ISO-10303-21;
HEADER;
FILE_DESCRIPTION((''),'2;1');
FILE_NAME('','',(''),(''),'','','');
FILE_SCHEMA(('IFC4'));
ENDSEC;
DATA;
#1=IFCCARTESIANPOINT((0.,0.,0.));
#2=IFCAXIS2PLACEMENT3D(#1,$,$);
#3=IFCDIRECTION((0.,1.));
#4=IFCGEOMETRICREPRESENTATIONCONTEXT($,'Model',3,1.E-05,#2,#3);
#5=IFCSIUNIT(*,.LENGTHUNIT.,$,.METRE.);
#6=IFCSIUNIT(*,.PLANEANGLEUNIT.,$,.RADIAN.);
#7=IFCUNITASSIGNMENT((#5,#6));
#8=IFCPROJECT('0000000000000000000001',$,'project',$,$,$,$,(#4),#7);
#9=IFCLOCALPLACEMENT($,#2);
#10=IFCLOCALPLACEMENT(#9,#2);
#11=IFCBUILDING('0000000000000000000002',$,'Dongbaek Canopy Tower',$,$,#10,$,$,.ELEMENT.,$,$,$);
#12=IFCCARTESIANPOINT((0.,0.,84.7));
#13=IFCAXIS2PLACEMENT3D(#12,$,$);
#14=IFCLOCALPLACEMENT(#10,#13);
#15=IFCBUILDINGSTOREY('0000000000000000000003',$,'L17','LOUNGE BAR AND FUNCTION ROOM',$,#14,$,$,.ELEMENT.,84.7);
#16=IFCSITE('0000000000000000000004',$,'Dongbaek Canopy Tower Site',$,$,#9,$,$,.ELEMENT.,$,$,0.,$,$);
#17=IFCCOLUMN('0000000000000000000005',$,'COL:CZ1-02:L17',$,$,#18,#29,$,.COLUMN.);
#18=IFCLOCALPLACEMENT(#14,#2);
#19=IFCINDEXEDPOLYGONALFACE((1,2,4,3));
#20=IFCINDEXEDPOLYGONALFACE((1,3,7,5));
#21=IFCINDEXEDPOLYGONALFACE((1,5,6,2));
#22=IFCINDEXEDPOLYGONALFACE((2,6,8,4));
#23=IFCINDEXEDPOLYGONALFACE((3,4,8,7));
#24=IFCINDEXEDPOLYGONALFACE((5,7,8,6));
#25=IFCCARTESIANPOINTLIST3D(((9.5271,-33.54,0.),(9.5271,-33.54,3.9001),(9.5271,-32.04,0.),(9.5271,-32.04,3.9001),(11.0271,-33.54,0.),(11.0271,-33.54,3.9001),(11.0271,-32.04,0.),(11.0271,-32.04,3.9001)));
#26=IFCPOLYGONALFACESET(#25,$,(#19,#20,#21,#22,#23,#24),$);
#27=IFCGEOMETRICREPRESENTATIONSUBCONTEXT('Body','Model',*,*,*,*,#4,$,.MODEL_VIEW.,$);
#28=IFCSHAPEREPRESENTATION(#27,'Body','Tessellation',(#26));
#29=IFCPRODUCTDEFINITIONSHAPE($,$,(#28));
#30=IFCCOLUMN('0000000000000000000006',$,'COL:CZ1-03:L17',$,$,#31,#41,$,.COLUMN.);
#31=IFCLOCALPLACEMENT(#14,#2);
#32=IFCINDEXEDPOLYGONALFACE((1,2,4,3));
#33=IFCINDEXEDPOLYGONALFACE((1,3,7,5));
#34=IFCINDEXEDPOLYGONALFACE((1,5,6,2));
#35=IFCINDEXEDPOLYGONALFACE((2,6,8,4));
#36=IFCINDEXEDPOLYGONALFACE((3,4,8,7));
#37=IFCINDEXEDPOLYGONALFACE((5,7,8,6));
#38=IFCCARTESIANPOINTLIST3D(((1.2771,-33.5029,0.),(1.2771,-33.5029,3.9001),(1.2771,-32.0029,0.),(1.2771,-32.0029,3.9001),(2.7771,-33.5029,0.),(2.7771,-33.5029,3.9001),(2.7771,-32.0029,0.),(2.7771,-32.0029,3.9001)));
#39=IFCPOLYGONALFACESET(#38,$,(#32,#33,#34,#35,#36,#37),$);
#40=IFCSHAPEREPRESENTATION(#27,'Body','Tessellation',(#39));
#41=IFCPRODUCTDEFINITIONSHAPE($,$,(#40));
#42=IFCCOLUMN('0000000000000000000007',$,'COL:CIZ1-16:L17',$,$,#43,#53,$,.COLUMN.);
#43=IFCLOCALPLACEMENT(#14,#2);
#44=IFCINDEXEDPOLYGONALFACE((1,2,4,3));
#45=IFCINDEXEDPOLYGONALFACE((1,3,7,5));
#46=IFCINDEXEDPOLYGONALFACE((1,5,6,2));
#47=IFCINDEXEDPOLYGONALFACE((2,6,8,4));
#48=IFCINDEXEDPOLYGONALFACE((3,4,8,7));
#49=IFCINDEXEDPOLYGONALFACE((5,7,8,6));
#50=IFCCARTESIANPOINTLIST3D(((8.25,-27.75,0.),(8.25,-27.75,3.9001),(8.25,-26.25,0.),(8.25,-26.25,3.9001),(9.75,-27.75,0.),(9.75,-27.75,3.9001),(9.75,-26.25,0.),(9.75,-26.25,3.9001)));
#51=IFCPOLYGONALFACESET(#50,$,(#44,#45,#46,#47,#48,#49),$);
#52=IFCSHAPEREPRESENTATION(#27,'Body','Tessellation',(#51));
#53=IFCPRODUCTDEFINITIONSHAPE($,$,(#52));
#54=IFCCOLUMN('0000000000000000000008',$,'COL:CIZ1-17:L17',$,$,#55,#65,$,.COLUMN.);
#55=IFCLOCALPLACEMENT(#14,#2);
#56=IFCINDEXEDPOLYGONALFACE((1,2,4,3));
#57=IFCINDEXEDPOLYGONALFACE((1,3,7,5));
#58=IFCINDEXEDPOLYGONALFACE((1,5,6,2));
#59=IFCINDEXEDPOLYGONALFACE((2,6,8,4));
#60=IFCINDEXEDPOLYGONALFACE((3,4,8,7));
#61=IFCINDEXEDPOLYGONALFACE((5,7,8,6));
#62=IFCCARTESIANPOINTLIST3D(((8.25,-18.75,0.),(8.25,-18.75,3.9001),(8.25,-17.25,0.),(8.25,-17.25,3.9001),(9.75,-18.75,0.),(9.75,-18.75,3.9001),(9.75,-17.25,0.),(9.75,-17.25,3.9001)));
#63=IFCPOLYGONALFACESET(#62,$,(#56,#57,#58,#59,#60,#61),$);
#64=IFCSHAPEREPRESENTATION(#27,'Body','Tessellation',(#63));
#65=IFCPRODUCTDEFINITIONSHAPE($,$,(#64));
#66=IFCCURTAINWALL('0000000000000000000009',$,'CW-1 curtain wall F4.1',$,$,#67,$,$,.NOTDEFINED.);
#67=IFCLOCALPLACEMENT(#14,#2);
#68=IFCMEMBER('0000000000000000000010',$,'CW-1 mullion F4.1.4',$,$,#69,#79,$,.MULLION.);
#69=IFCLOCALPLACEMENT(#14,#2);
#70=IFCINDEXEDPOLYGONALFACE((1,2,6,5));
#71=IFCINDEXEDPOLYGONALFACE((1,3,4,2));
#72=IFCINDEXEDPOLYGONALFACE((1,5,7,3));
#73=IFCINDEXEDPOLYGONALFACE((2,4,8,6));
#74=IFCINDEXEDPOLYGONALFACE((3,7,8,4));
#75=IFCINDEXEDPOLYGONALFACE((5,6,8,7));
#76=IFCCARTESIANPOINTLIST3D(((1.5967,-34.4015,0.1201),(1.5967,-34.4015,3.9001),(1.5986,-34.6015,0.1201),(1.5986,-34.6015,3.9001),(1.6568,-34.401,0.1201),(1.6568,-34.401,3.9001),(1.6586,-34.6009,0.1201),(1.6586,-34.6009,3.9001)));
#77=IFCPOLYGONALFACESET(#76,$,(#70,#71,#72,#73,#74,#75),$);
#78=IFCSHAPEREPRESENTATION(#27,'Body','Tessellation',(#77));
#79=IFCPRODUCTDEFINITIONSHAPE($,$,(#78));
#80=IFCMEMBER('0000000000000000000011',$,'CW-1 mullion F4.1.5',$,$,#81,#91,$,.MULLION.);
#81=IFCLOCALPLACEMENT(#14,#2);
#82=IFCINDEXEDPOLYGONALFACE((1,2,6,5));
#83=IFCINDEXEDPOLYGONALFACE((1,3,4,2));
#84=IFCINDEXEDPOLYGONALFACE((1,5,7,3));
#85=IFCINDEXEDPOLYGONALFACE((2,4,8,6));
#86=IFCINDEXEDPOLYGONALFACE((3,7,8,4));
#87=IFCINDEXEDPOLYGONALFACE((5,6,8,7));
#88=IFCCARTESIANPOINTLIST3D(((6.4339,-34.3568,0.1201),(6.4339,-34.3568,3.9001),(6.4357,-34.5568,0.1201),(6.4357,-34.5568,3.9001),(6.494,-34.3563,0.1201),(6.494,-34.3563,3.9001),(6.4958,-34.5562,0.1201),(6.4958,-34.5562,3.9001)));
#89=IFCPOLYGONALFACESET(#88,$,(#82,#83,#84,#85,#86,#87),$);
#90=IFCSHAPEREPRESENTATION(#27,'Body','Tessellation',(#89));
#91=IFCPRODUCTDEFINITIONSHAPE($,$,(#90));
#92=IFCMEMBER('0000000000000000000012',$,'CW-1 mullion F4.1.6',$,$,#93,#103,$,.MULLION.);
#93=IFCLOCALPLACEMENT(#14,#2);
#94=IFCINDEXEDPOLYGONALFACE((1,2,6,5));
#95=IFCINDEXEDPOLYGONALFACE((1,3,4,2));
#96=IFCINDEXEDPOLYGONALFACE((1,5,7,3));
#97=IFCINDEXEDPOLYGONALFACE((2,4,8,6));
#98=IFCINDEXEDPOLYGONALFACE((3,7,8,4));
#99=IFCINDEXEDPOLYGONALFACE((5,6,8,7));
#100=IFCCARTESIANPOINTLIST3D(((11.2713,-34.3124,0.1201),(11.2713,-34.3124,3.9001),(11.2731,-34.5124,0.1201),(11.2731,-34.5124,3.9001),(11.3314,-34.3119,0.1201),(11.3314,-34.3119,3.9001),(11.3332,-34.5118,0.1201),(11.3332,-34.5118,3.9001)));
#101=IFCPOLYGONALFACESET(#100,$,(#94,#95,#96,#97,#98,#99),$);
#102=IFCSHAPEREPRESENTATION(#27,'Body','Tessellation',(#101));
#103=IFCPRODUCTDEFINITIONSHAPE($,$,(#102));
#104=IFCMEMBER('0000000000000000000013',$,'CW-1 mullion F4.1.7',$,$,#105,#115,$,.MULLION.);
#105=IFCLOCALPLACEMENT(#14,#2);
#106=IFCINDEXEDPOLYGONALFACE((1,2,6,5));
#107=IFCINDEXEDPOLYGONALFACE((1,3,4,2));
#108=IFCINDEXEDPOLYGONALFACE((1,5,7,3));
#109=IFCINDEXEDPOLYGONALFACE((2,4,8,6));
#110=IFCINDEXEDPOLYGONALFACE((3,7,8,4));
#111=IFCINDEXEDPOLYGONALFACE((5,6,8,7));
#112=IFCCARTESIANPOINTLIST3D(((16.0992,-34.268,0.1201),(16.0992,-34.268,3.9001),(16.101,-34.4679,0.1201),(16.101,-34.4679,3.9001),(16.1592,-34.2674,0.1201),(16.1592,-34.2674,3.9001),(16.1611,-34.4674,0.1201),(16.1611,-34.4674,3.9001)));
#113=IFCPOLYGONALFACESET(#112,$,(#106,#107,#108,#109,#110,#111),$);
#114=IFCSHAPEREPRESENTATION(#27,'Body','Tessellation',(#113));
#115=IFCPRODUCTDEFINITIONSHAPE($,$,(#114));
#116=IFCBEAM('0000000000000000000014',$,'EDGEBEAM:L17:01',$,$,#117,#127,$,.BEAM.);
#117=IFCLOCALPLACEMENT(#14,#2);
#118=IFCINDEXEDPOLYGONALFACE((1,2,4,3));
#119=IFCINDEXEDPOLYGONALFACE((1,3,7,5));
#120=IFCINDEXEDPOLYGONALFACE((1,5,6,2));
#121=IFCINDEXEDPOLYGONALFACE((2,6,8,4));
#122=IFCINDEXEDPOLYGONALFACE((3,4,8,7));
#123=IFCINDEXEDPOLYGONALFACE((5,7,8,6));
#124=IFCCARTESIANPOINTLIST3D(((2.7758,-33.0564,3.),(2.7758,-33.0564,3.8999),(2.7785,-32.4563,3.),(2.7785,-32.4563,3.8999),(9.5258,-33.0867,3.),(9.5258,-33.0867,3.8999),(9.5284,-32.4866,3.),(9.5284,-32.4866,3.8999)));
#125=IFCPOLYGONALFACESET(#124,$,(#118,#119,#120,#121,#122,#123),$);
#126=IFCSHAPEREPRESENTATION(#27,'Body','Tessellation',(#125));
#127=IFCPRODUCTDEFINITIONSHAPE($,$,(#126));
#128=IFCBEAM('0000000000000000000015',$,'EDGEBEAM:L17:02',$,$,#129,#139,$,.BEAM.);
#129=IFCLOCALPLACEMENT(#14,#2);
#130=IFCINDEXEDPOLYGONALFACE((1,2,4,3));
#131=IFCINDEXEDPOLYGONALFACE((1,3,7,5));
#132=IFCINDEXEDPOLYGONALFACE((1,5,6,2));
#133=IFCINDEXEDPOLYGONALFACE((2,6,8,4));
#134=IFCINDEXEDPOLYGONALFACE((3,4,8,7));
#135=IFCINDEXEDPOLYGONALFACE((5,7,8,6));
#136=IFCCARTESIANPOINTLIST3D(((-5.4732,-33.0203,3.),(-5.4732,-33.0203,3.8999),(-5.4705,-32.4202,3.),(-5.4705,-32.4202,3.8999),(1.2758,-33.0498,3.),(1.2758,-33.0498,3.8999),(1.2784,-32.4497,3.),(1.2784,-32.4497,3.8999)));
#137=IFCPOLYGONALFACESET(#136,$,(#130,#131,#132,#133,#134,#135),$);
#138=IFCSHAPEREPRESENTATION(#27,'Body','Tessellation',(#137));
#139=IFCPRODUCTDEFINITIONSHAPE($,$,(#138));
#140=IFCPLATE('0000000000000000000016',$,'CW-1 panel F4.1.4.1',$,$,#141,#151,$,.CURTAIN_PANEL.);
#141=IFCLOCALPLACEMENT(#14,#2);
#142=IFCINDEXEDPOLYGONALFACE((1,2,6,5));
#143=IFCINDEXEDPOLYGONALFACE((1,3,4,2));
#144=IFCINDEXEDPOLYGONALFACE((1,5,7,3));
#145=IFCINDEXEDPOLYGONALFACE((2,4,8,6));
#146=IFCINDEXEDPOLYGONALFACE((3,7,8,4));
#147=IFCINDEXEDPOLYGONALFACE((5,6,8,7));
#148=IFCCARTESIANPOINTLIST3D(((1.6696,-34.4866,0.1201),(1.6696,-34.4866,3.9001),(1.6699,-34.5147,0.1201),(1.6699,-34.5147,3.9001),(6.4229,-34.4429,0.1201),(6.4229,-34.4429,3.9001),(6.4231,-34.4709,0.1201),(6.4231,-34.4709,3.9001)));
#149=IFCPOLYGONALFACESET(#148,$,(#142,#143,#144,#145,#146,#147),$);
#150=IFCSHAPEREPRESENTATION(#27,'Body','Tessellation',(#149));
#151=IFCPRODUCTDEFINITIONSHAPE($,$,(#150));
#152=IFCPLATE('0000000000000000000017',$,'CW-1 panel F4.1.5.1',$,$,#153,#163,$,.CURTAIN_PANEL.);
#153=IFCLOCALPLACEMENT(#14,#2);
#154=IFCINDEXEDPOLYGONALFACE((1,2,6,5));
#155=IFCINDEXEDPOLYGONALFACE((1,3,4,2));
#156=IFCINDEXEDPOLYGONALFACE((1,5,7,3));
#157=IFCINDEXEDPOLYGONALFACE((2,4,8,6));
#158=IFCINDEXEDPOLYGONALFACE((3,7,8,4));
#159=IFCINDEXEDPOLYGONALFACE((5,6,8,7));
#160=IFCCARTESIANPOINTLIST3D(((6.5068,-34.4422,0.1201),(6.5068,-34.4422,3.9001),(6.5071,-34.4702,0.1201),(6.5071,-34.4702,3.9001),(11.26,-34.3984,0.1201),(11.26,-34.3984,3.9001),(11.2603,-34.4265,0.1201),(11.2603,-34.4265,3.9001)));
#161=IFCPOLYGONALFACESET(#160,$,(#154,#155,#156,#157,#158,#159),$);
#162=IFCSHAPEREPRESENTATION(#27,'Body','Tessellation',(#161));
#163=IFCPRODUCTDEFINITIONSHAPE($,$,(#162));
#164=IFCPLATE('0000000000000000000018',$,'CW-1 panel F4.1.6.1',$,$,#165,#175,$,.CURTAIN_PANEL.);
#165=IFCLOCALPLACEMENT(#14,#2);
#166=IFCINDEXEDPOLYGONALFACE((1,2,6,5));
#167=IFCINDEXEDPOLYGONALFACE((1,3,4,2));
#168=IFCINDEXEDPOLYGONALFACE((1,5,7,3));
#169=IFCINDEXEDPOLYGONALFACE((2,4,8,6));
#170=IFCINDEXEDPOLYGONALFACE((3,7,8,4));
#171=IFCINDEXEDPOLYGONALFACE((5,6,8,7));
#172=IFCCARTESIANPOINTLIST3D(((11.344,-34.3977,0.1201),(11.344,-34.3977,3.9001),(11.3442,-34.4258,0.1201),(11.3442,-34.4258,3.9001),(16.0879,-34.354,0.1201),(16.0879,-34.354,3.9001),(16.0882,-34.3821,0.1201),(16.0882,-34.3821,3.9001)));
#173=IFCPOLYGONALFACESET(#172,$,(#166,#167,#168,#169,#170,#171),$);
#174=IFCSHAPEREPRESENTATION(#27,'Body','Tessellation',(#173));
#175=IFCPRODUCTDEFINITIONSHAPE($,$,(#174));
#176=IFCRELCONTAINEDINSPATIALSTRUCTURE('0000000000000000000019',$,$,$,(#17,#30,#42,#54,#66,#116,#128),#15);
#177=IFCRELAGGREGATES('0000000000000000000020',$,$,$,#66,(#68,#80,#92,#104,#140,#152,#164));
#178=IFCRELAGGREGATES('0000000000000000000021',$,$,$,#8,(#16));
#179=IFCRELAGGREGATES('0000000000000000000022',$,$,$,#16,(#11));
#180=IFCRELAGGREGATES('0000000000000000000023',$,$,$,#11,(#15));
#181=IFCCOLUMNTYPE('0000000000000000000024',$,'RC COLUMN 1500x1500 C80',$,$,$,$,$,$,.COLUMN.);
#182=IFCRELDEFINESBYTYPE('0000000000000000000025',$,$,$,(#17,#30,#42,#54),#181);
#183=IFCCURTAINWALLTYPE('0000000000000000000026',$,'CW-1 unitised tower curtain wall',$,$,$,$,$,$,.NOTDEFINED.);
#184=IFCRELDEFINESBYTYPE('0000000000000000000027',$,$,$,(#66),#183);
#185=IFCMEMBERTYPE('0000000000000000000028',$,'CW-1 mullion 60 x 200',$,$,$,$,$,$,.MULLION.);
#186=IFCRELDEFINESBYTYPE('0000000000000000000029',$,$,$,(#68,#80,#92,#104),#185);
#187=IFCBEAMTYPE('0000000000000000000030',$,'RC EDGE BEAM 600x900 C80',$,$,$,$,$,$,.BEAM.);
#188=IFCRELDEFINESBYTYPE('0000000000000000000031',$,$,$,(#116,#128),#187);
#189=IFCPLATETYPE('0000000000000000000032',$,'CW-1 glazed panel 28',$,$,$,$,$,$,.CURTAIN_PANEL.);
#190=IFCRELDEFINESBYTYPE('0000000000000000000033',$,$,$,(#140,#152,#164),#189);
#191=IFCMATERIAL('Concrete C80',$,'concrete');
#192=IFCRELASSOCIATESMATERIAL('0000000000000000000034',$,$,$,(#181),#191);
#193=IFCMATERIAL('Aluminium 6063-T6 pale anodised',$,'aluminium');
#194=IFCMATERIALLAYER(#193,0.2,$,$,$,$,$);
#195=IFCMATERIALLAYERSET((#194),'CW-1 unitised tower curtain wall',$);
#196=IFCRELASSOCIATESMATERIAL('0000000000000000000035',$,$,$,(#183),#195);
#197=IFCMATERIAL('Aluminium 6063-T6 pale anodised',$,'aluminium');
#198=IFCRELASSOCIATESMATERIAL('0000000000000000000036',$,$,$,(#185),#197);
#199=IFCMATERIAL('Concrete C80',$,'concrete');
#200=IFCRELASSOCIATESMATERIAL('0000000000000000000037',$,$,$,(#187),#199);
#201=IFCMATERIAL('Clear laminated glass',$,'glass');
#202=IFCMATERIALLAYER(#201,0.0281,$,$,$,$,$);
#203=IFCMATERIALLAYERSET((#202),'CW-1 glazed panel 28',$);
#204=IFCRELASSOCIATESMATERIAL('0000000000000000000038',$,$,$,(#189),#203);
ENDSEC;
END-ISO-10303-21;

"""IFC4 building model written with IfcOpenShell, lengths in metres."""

from ifc_helpers import new_model, si_unit, direction, frame, origin, origin_2d, place, context, subcontext, project, spatial, rectangle, extrude, material, layer, layer_set, material_profile, profile_set, type_object, element, aggregate, save


model = new_model("IFC4")

# Units and contexts
model_context = context("Model", 3, precision=1e-05, world=origin(), true_north=direction((0.0, 1.0)))
body_context = subcontext(model_context, "Body", "Model", "MODEL_VIEW")
ifc_project = project(units=[si_unit("LENGTHUNIT", "METRE"), si_unit("PLANEANGLEUNIT", "RADIAN")], contexts=[model_context])

# Site, building, storey
site_placement = place(None, origin())
site = spatial("IfcSite", under=ifc_project, at=site_placement, Name="Dongbaek Canopy Tower Site", CompositionType="ELEMENT", RefElevation=0.0)
building_placement = place(site_placement, origin())
building = spatial("IfcBuilding", under=site, at=building_placement, Name="Dongbaek Canopy Tower", CompositionType="ELEMENT")
storey_placement = place(building_placement, frame((0.0, 0.0, 84.7)))
storey = spatial("IfcBuildingStorey", under=building, at=storey_placement, Name="L17", Description="LOUNGE BAR AND FUNCTION ROOM", CompositionType="ELEMENT", Elevation=84.7)

# Columns
ifc_material_1 = material(Name="Concrete C80", Category="concrete")
ifc_material_profile_1 = material_profile(ifc_material_1, rectangle(XDim=1.5, YDim=1.5, at=origin_2d()), Name="RC COLUMN 1500x1500 C80")
ifc_profile_set_1 = profile_set([ifc_material_profile_1], Name="Concrete C80")
column_type = type_object("IfcColumnType", Name="RC COLUMN 1500x1500 C80", PredefinedType="COLUMN", material=ifc_profile_set_1)
for number, where, z_axis, x_axis, name in (
    (1, (10.2771, -32.79, 0.0), (0.0, 0.0, 1.0), (1.0, 0.0, 0.0), "COL:CZ1-02:L17"),
    (2, (2.0271, -32.7529, 0.0), (0.0, 0.0, 1.0), (1.0, 0.0, 0.0), "COL:CZ1-03:L17"),
    (3, (9.0, -27.0, 0.0), (0.0, 0.0, 1.0), (1.0, 0.0, 0.0), "COL:CIZ1-16:L17"),
    (4, (9.0, -18.0, 0.0), (0.0, 0.0, 1.0), (1.0, 0.0, 0.0), "COL:CIZ1-17:L17"),
):
    element("IfcColumn", number, at=place(storey_placement, frame(where, z_axis=z_axis, x_axis=x_axis)), inside=storey, type_object=column_type, Name=name, PredefinedType="COLUMN", context=body_context, shape_type="SweptSolid", body=[
        extrude(rectangle(XDim=1.5, YDim=1.5, at=origin_2d()), origin(), (0.0, 0.0, 1.0), 3.9001),
    ])

# Curtain wall, members
ifc_material_2 = material(Name="Aluminium 6063-T6 pale anodised", Category="aluminium")
ifc_layer_1 = layer(ifc_material_2, 0.2)
ifc_layer_set_1 = layer_set([ifc_layer_1], Name="CW-1 unitised tower curtain wall")
curtain_wall_type = type_object("IfcCurtainWallType", Name="CW-1 unitised tower curtain wall", PredefinedType="NOTDEFINED", material=ifc_layer_set_1)
curtain_wall_placement = place(storey_placement, origin())
curtain_wall = element("IfcCurtainWall", 5, at=curtain_wall_placement, inside=storey, type_object=curtain_wall_type, Name="CW-1 curtain wall F4.1", PredefinedType="NOTDEFINED")
ifc_material_3 = material(Name="Aluminium 6063-T6 pale anodised", Category="aluminium")
ifc_material_profile_2 = material_profile(ifc_material_3, rectangle(XDim=0.2, YDim=0.0601, at=origin_2d()), Name="CW-1 mullion 60 x 200")
ifc_profile_set_2 = profile_set([ifc_material_profile_2], Name="Aluminium 6063-T6 pale anodised")
member_type = type_object("IfcMemberType", Name="CW-1 mullion 60 x 200", PredefinedType="MULLION", material=ifc_profile_set_2)
member_1_placement = place(storey_placement, frame((1.6277, -34.5012, 0.1201), z_axis=(0.0, 0.0, 1.0), x_axis=(0.009201, -0.999958, 0.0)))
member_1 = element("IfcMember", 6, at=member_1_placement, type_object=member_type, Name="CW-1 mullion F4.1.4", PredefinedType="MULLION", context=body_context, shape_type="SweptSolid", body=[
    extrude(rectangle(XDim=0.2, YDim=0.0601, at=origin_2d()), origin(), (0.0, 0.0, 1.0), 3.78),
])
member_2_placement = place(storey_placement, frame((6.4648, -34.4565, 0.1201), z_axis=(0.0, 0.0, 1.0), x_axis=(0.009201, -0.999958, 0.0)))
member_2 = element("IfcMember", 7, at=member_2_placement, type_object=member_type, Name="CW-1 mullion F4.1.5", PredefinedType="MULLION", context=body_context, shape_type="SweptSolid", body=[
    extrude(rectangle(XDim=0.2, YDim=0.0601, at=origin_2d()), origin(), (0.0, 0.0, 1.0), 3.78),
])
member_3_placement = place(storey_placement, frame((11.3022, -34.4121, 0.1201), z_axis=(0.0, 0.0, 1.0), x_axis=(0.009201, -0.999958, 0.0)))
member_3 = element("IfcMember", 8, at=member_3_placement, type_object=member_type, Name="CW-1 mullion F4.1.6", PredefinedType="MULLION", context=body_context, shape_type="SweptSolid", body=[
    extrude(rectangle(XDim=0.2, YDim=0.0601, at=origin_2d()), origin(), (0.0, 0.0, 1.0), 3.78),
])
member_4_placement = place(storey_placement, frame((16.1301, -34.3677, 0.1201), z_axis=(0.0, 0.0, 1.0), x_axis=(0.009201, -0.999958, 0.0)))
member_4 = element("IfcMember", 9, at=member_4_placement, type_object=member_type, Name="CW-1 mullion F4.1.7", PredefinedType="MULLION", context=body_context, shape_type="SweptSolid", body=[
    extrude(rectangle(XDim=0.2, YDim=0.0601, at=origin_2d()), origin(), (0.0, 0.0, 1.0), 3.78),
])

# Beams
ifc_material_4 = material(Name="Concrete C80", Category="concrete")
ifc_material_profile_3 = material_profile(ifc_material_4, rectangle(XDim=0.6001, YDim=0.8999, at=origin_2d()), Name="RC EDGE BEAM 600x900 C80")
ifc_profile_set_3 = profile_set([ifc_material_profile_3], Name="Concrete C80")
beam_type = type_object("IfcBeamType", Name="RC EDGE BEAM 600x900 C80", PredefinedType="BEAM", material=ifc_profile_set_3)
beam_1_placement = place(storey_placement, frame((9.5271, -32.7866, 3.45), z_axis=(-0.99999, 0.004485, 0.0), x_axis=(-0.004485, -0.99999, 0.0)))
element("IfcBeam", 10, at=beam_1_placement, inside=storey, type_object=beam_type, Name="EDGEBEAM:L17:01", PredefinedType="BEAM", context=body_context, shape_type="SweptSolid", body=[
    extrude(rectangle(XDim=0.6001, YDim=0.8999, at=origin_2d()), origin(), (0.0, 0.0, 1.0), 6.75),
])
beam_2_placement = place(storey_placement, frame((1.2771, -32.7498, 3.45), z_axis=(-0.99999, 0.004377, 0.0), x_axis=(-0.004377, -0.99999, 0.0)))
element("IfcBeam", 11, at=beam_2_placement, inside=storey, type_object=beam_type, Name="EDGEBEAM:L17:02", PredefinedType="BEAM", context=body_context, shape_type="SweptSolid", body=[
    extrude(rectangle(XDim=0.6001, YDim=0.8999, at=origin_2d()), origin(), (0.0, 0.0, 1.0), 6.749),
])

# Plates
ifc_material_5 = material(Name="Clear laminated glass", Category="glass")
ifc_layer_2 = layer(ifc_material_5, 0.0281)
ifc_layer_set_2 = layer_set([ifc_layer_2], Name="CW-1 glazed panel 28")
plate_type = type_object("IfcPlateType", Name="CW-1 glazed panel 28", PredefinedType="CURTAIN_PANEL", material=ifc_layer_set_2)
plate_1_placement = place(storey_placement, frame((4.0464, -34.4788, 0.1201), z_axis=(0.0, 0.0, 1.0), x_axis=(0.999958, 0.009201, 0.0)))
plate_1 = element("IfcPlate", 12, at=plate_1_placement, type_object=plate_type, Name="CW-1 panel F4.1.4.1", PredefinedType="CURTAIN_PANEL", context=body_context, shape_type="SweptSolid", body=[
    extrude(rectangle(XDim=4.7534, YDim=0.0281, at=origin_2d()), origin(), (0.0, 0.0, 1.0), 3.78),
])
plate_2_placement = place(storey_placement, frame((8.8835, -34.4343, 0.1201), z_axis=(0.0, 0.0, 1.0), x_axis=(0.999958, 0.009201, 0.0)))
plate_2 = element("IfcPlate", 13, at=plate_2_placement, type_object=plate_type, Name="CW-1 panel F4.1.5.1", PredefinedType="CURTAIN_PANEL", context=body_context, shape_type="SweptSolid", body=[
    extrude(rectangle(XDim=4.7534, YDim=0.0281, at=origin_2d()), origin(), (0.0, 0.0, 1.0), 3.78),
])
plate_3_placement = place(storey_placement, frame((13.7161, -34.3899, 0.1201), z_axis=(0.0, 0.0, 1.0), x_axis=(0.999958, 0.009201, 0.0)))
plate_3 = element("IfcPlate", 14, at=plate_3_placement, type_object=plate_type, Name="CW-1 panel F4.1.6.1", PredefinedType="CURTAIN_PANEL", context=body_context, shape_type="SweptSolid", body=[
    extrude(rectangle(XDim=4.7441, YDim=0.0281, at=origin_2d()), origin(), (0.0, 0.0, 1.0), 3.78),
])

aggregate(curtain_wall, [member_1, member_2, member_3, member_4, plate_1, plate_2, plate_3])

save(model, "model.ifc")
